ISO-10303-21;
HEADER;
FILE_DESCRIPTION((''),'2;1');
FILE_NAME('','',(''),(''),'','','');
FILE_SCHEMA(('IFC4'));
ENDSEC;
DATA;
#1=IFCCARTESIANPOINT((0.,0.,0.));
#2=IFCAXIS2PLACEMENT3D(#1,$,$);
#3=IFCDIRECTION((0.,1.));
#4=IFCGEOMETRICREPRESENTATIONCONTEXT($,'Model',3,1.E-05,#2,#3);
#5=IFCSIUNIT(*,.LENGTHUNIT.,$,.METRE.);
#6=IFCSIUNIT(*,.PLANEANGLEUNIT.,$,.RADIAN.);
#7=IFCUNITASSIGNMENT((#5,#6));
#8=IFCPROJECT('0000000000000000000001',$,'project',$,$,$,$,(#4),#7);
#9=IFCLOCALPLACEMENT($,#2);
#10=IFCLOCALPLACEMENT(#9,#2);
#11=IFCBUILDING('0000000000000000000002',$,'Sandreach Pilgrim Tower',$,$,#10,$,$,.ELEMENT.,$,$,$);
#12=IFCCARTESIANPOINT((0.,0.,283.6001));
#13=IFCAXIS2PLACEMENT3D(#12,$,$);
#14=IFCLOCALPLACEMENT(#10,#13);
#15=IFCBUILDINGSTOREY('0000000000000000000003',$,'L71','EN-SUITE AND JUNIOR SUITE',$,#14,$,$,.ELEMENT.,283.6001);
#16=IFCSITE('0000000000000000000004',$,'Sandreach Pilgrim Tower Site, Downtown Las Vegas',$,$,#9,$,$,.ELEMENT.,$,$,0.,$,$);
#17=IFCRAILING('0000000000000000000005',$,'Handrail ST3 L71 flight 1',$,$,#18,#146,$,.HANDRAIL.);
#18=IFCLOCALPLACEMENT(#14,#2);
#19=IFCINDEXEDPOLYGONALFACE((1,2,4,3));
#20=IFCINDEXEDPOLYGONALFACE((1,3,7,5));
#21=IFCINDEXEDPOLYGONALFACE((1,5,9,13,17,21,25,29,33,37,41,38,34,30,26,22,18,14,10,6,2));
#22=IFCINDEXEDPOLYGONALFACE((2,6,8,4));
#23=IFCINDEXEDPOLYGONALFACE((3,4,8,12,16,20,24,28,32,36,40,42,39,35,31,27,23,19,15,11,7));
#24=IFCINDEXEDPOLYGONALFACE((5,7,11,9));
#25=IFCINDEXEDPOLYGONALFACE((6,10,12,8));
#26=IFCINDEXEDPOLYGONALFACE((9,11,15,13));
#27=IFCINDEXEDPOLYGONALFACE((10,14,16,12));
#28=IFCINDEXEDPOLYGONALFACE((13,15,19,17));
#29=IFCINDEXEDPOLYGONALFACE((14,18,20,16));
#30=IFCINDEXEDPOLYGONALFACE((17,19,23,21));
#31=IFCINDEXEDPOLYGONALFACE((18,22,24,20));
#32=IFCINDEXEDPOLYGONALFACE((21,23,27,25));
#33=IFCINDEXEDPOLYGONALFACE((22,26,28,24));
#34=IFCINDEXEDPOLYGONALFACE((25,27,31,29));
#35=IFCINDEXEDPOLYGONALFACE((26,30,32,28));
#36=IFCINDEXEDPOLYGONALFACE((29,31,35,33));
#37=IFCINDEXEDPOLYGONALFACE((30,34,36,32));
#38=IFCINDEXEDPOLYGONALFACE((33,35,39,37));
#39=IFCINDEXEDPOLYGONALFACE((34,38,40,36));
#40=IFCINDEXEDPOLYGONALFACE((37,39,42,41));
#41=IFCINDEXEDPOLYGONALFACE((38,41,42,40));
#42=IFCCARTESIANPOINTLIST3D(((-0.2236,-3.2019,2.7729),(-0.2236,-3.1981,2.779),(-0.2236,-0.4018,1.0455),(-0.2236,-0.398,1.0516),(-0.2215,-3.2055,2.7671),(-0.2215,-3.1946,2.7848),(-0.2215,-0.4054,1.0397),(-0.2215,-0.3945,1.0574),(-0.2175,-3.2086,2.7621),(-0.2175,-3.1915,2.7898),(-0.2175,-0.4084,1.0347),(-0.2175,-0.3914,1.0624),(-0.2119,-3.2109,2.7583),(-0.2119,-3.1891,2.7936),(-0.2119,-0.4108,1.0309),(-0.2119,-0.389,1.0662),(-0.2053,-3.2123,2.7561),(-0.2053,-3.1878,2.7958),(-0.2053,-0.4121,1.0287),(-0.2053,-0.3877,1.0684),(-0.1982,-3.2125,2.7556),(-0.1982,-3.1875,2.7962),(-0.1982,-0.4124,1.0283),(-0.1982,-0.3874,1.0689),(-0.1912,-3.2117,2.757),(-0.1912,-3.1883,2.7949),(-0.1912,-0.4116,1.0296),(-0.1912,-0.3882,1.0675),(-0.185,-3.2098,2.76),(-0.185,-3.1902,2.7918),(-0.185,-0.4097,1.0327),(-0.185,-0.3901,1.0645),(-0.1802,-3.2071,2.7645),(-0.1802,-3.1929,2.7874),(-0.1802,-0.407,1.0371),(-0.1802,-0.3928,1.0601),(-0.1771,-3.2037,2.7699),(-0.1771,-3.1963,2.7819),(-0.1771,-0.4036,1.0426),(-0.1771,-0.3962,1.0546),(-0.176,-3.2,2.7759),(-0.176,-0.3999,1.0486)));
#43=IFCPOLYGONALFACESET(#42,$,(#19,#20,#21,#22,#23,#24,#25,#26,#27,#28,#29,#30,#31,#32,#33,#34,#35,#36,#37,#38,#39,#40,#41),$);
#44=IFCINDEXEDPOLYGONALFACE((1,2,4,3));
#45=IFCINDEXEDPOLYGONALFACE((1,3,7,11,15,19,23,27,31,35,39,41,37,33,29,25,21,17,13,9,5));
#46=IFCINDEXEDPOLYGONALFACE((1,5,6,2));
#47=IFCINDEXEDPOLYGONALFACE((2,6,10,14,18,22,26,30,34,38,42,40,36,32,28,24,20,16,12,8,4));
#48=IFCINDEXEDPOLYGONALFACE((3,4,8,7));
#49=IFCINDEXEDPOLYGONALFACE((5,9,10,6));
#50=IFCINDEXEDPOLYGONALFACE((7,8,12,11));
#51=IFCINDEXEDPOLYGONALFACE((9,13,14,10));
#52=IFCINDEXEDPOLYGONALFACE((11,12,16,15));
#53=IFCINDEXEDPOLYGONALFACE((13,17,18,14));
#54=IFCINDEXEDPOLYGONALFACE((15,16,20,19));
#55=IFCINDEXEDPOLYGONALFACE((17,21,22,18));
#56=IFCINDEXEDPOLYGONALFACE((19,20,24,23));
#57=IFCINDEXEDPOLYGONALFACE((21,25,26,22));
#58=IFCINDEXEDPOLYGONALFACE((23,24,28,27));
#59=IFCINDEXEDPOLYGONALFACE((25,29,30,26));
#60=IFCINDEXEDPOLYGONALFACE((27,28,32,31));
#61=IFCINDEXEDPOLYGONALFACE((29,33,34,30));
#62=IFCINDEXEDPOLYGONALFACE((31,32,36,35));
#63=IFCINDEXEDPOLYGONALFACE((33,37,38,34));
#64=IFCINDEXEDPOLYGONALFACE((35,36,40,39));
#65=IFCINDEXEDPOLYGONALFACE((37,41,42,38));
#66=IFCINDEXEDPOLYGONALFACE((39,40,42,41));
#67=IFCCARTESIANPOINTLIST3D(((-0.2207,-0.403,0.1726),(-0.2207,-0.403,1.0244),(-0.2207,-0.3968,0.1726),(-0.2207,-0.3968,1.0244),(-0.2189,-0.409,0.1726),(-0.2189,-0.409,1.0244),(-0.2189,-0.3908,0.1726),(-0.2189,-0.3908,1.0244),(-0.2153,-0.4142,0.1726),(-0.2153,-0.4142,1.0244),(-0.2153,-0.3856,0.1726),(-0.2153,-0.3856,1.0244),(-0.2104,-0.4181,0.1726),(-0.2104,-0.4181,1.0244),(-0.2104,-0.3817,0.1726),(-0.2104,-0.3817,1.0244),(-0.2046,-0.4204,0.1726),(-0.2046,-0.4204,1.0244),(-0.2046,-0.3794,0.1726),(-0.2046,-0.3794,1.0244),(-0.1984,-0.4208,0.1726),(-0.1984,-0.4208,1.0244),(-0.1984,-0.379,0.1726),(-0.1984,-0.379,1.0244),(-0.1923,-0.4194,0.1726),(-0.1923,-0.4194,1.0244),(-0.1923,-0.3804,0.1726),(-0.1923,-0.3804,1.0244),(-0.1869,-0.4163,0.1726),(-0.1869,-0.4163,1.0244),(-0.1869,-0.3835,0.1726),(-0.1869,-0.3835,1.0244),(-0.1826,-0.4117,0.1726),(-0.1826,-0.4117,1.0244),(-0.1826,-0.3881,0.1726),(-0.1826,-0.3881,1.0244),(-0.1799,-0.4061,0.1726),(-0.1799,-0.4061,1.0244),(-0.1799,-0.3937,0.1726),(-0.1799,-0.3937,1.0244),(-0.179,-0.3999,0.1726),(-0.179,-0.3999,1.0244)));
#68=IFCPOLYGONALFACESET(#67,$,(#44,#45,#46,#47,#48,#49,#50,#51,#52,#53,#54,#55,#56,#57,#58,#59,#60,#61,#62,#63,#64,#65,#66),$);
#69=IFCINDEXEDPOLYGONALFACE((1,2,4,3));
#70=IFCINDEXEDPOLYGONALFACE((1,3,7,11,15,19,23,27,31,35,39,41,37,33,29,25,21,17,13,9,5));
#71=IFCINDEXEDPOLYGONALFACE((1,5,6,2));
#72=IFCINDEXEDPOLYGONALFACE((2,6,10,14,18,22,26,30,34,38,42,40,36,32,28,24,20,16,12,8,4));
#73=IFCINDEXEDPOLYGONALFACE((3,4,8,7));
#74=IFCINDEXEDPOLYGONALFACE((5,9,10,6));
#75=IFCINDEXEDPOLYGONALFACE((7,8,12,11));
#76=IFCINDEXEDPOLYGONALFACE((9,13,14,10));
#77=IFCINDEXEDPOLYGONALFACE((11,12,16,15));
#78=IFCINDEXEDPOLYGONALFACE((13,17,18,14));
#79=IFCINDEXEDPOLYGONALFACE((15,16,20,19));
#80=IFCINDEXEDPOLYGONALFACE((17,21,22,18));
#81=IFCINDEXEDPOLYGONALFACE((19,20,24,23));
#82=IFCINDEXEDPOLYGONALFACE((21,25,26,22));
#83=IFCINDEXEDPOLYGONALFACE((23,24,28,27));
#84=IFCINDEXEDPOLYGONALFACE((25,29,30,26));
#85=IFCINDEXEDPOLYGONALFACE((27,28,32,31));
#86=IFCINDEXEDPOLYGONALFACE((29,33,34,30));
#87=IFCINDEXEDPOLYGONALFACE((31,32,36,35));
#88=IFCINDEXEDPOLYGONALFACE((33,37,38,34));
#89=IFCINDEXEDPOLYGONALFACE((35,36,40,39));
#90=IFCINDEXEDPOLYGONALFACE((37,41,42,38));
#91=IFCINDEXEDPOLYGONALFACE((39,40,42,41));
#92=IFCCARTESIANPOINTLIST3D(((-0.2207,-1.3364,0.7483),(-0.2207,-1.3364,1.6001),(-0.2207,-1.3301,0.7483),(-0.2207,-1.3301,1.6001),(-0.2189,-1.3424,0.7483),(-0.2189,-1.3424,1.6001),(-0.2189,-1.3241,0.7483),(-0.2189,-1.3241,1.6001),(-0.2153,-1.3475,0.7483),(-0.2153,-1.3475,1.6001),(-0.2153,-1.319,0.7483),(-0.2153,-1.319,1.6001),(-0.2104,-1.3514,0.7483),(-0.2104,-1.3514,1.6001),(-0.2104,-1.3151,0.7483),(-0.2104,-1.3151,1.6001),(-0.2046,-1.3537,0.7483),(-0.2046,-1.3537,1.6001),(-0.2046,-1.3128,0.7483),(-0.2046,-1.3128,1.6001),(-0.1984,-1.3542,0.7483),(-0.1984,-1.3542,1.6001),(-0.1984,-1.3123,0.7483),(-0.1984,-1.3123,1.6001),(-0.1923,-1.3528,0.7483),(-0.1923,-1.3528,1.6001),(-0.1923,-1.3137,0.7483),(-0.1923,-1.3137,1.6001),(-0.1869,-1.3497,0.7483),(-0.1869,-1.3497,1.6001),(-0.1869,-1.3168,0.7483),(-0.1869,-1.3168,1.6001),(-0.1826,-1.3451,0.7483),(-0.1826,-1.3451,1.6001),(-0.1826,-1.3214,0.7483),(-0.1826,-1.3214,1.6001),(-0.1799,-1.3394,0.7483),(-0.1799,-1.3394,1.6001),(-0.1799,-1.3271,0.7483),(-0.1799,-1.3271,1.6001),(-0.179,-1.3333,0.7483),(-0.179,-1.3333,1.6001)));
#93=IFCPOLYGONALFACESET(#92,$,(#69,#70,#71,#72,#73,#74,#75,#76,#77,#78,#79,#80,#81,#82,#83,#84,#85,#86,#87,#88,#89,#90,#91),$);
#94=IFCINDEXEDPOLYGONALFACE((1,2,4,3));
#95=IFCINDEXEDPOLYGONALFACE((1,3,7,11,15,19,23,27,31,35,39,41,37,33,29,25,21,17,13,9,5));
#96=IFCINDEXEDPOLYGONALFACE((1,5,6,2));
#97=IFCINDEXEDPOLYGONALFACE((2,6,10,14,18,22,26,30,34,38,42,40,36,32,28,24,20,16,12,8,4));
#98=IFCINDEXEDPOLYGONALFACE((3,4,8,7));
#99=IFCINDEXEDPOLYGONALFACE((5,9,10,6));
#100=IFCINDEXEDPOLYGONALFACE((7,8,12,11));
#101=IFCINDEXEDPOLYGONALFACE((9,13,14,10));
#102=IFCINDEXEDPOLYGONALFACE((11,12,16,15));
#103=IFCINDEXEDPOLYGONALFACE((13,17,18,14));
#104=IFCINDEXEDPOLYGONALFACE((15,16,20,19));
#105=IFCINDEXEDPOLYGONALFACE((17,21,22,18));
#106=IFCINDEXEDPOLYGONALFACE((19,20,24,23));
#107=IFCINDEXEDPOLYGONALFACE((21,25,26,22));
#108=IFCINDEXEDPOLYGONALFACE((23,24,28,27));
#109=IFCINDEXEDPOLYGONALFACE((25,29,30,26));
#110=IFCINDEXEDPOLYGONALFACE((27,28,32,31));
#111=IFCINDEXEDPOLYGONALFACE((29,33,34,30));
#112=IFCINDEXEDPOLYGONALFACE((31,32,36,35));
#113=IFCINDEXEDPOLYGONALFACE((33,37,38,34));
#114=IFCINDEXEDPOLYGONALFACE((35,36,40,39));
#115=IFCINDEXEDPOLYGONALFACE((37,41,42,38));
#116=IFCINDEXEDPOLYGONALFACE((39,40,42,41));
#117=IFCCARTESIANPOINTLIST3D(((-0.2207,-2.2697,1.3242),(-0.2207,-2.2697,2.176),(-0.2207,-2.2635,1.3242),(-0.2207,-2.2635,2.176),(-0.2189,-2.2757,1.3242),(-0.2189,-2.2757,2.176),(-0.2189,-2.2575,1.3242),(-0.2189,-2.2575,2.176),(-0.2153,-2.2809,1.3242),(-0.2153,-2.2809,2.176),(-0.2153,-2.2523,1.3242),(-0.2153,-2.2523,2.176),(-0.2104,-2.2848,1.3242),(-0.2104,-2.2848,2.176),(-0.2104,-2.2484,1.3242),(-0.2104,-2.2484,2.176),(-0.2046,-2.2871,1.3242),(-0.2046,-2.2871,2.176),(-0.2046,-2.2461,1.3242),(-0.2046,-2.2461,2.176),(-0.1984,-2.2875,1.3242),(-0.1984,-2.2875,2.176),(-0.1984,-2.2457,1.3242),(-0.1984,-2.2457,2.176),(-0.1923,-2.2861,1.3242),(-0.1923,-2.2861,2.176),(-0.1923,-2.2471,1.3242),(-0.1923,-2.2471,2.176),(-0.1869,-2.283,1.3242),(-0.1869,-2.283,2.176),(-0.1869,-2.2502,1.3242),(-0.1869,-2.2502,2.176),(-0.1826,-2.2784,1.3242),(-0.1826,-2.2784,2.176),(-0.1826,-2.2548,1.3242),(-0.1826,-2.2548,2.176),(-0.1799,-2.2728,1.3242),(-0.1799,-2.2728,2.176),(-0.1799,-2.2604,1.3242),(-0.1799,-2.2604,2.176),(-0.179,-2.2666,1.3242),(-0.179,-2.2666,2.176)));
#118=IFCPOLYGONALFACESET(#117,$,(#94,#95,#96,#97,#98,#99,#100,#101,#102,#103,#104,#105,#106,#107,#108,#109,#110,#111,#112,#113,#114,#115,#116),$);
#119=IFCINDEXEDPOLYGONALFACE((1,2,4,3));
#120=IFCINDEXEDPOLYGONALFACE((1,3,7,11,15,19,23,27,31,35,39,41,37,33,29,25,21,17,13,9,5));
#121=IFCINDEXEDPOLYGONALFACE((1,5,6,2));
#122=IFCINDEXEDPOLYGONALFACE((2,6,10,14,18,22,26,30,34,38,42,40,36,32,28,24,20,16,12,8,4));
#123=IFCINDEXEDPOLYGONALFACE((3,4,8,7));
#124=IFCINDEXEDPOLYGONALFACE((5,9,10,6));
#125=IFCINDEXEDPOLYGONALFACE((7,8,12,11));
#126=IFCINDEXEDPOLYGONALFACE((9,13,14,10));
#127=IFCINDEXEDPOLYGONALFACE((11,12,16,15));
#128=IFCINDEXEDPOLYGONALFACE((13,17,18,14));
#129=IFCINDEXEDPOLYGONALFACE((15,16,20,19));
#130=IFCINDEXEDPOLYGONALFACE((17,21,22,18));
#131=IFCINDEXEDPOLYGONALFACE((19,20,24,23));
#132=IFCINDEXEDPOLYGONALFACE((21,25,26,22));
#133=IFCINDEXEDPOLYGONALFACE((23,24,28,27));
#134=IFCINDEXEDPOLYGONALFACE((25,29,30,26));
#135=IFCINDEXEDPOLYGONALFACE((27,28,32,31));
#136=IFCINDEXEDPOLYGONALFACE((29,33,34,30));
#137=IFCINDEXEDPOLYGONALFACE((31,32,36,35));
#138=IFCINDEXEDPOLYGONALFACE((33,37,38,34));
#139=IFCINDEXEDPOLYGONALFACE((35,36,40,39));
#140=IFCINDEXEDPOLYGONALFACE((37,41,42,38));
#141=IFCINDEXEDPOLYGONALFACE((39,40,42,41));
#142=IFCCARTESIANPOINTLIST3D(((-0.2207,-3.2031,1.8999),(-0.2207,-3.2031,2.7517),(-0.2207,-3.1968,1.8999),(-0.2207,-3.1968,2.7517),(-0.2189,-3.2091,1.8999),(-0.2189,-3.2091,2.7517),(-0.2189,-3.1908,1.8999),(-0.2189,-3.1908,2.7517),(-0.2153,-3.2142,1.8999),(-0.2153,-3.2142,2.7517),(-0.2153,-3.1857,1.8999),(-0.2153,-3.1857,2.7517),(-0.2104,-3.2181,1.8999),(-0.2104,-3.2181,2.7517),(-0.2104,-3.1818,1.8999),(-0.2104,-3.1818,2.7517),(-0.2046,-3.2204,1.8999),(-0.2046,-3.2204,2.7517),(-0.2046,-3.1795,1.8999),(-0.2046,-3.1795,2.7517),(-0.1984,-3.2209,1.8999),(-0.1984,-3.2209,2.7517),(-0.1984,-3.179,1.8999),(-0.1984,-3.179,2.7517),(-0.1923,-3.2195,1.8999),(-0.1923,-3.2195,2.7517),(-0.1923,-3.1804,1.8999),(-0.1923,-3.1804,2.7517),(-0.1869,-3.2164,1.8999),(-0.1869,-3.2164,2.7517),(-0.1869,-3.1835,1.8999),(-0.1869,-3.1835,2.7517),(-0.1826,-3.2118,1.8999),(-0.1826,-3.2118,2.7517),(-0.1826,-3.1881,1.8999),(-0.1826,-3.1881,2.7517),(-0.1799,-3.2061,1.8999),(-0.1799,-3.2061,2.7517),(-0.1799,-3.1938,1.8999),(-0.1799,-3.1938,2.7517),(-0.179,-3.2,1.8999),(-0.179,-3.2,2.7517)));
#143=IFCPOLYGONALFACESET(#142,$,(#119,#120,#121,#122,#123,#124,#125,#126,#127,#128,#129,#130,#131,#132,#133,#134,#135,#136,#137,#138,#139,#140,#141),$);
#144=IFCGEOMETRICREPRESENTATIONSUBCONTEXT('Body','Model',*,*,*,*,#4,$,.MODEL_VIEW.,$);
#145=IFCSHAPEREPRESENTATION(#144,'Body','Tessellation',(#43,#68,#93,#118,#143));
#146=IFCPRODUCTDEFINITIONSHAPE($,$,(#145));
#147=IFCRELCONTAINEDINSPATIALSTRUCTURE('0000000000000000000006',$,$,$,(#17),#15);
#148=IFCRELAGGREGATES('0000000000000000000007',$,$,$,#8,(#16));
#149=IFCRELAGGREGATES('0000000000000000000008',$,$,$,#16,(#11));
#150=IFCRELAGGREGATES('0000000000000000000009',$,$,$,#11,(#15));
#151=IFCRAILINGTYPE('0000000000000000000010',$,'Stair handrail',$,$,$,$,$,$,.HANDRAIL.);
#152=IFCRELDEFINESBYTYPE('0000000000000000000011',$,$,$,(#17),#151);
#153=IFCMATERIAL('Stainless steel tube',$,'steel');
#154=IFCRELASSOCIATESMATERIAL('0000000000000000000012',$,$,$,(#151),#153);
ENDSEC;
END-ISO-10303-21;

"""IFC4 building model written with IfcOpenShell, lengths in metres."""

from ifc_helpers import new_model, si_unit, direction, frame, origin, origin_2d, place, context, subcontext, project, spatial, circle, extrude, material, type_object, element, save


model = new_model("IFC4")

# Units and contexts
model_context = context("Model", 3, precision=1e-05, world=origin(), true_north=direction((0.0, 1.0)))
body_context = subcontext(model_context, "Body", "Model", "MODEL_VIEW")
ifc_project = project(units=[si_unit("LENGTHUNIT", "METRE"), si_unit("PLANEANGLEUNIT", "RADIAN")], contexts=[model_context])

# Site, building, storey
site_placement = place(None, origin())
site = spatial("IfcSite", under=ifc_project, at=site_placement, Name="Sandreach Pilgrim Tower Site, Downtown Las Vegas", CompositionType="ELEMENT", RefElevation=0.0)
building_placement = place(site_placement, origin())
building = spatial("IfcBuilding", under=site, at=building_placement, Name="Sandreach Pilgrim Tower", CompositionType="ELEMENT")
storey_placement = place(building_placement, frame((0.0, 0.0, 283.6001)))
storey = spatial("IfcBuildingStorey", under=building, at=storey_placement, Name="L71", Description="EN-SUITE AND JUNIOR SUITE", CompositionType="ELEMENT", Elevation=283.6001)

# Railing
ifc_material_1 = material(Name="Stainless steel tube", Category="steel")
railing_type = type_object("IfcRailingType", Name="Stair handrail", PredefinedType="HANDRAIL", material=ifc_material_1)
for number, where, name in (
    (1, (-0.2, -0.3999, 0.1726), "Handrail ST3 L71 flight 1"),
):
    element("IfcRailing", number, at=place(storey_placement, frame(where)), inside=storey, type_object=railing_type, Name=name, PredefinedType="HANDRAIL", context=body_context, shape_type="SweptSolid", body=[
        extrude(circle(Radius=0.0239, at=origin_2d()), frame((0.0, 0.0, 0.876), z_axis=(0.0, -0.85109, 0.52502), x_axis=(1.0, 0.0, 0.0)), (0.0, 0.0, 1.0), 3.29),
        extrude(circle(Radius=0.021, at=origin_2d()), origin(), (0.0, 0.0, 1.0), 0.8518),
        extrude(circle(Radius=0.021, at=origin_2d()), frame((0.0, -0.9333, 0.5757)), (0.0, 0.0, 1.0), 0.8518),
        extrude(circle(Radius=0.021, at=origin_2d()), frame((0.0, -1.8667, 1.1516)), (0.0, 0.0, 1.0), 0.8518),
        extrude(circle(Radius=0.021, at=origin_2d()), frame((0.0, -2.8, 1.7273)), (0.0, 0.0, 1.0), 0.8518),
    ])

save(model, "model.ifc")
